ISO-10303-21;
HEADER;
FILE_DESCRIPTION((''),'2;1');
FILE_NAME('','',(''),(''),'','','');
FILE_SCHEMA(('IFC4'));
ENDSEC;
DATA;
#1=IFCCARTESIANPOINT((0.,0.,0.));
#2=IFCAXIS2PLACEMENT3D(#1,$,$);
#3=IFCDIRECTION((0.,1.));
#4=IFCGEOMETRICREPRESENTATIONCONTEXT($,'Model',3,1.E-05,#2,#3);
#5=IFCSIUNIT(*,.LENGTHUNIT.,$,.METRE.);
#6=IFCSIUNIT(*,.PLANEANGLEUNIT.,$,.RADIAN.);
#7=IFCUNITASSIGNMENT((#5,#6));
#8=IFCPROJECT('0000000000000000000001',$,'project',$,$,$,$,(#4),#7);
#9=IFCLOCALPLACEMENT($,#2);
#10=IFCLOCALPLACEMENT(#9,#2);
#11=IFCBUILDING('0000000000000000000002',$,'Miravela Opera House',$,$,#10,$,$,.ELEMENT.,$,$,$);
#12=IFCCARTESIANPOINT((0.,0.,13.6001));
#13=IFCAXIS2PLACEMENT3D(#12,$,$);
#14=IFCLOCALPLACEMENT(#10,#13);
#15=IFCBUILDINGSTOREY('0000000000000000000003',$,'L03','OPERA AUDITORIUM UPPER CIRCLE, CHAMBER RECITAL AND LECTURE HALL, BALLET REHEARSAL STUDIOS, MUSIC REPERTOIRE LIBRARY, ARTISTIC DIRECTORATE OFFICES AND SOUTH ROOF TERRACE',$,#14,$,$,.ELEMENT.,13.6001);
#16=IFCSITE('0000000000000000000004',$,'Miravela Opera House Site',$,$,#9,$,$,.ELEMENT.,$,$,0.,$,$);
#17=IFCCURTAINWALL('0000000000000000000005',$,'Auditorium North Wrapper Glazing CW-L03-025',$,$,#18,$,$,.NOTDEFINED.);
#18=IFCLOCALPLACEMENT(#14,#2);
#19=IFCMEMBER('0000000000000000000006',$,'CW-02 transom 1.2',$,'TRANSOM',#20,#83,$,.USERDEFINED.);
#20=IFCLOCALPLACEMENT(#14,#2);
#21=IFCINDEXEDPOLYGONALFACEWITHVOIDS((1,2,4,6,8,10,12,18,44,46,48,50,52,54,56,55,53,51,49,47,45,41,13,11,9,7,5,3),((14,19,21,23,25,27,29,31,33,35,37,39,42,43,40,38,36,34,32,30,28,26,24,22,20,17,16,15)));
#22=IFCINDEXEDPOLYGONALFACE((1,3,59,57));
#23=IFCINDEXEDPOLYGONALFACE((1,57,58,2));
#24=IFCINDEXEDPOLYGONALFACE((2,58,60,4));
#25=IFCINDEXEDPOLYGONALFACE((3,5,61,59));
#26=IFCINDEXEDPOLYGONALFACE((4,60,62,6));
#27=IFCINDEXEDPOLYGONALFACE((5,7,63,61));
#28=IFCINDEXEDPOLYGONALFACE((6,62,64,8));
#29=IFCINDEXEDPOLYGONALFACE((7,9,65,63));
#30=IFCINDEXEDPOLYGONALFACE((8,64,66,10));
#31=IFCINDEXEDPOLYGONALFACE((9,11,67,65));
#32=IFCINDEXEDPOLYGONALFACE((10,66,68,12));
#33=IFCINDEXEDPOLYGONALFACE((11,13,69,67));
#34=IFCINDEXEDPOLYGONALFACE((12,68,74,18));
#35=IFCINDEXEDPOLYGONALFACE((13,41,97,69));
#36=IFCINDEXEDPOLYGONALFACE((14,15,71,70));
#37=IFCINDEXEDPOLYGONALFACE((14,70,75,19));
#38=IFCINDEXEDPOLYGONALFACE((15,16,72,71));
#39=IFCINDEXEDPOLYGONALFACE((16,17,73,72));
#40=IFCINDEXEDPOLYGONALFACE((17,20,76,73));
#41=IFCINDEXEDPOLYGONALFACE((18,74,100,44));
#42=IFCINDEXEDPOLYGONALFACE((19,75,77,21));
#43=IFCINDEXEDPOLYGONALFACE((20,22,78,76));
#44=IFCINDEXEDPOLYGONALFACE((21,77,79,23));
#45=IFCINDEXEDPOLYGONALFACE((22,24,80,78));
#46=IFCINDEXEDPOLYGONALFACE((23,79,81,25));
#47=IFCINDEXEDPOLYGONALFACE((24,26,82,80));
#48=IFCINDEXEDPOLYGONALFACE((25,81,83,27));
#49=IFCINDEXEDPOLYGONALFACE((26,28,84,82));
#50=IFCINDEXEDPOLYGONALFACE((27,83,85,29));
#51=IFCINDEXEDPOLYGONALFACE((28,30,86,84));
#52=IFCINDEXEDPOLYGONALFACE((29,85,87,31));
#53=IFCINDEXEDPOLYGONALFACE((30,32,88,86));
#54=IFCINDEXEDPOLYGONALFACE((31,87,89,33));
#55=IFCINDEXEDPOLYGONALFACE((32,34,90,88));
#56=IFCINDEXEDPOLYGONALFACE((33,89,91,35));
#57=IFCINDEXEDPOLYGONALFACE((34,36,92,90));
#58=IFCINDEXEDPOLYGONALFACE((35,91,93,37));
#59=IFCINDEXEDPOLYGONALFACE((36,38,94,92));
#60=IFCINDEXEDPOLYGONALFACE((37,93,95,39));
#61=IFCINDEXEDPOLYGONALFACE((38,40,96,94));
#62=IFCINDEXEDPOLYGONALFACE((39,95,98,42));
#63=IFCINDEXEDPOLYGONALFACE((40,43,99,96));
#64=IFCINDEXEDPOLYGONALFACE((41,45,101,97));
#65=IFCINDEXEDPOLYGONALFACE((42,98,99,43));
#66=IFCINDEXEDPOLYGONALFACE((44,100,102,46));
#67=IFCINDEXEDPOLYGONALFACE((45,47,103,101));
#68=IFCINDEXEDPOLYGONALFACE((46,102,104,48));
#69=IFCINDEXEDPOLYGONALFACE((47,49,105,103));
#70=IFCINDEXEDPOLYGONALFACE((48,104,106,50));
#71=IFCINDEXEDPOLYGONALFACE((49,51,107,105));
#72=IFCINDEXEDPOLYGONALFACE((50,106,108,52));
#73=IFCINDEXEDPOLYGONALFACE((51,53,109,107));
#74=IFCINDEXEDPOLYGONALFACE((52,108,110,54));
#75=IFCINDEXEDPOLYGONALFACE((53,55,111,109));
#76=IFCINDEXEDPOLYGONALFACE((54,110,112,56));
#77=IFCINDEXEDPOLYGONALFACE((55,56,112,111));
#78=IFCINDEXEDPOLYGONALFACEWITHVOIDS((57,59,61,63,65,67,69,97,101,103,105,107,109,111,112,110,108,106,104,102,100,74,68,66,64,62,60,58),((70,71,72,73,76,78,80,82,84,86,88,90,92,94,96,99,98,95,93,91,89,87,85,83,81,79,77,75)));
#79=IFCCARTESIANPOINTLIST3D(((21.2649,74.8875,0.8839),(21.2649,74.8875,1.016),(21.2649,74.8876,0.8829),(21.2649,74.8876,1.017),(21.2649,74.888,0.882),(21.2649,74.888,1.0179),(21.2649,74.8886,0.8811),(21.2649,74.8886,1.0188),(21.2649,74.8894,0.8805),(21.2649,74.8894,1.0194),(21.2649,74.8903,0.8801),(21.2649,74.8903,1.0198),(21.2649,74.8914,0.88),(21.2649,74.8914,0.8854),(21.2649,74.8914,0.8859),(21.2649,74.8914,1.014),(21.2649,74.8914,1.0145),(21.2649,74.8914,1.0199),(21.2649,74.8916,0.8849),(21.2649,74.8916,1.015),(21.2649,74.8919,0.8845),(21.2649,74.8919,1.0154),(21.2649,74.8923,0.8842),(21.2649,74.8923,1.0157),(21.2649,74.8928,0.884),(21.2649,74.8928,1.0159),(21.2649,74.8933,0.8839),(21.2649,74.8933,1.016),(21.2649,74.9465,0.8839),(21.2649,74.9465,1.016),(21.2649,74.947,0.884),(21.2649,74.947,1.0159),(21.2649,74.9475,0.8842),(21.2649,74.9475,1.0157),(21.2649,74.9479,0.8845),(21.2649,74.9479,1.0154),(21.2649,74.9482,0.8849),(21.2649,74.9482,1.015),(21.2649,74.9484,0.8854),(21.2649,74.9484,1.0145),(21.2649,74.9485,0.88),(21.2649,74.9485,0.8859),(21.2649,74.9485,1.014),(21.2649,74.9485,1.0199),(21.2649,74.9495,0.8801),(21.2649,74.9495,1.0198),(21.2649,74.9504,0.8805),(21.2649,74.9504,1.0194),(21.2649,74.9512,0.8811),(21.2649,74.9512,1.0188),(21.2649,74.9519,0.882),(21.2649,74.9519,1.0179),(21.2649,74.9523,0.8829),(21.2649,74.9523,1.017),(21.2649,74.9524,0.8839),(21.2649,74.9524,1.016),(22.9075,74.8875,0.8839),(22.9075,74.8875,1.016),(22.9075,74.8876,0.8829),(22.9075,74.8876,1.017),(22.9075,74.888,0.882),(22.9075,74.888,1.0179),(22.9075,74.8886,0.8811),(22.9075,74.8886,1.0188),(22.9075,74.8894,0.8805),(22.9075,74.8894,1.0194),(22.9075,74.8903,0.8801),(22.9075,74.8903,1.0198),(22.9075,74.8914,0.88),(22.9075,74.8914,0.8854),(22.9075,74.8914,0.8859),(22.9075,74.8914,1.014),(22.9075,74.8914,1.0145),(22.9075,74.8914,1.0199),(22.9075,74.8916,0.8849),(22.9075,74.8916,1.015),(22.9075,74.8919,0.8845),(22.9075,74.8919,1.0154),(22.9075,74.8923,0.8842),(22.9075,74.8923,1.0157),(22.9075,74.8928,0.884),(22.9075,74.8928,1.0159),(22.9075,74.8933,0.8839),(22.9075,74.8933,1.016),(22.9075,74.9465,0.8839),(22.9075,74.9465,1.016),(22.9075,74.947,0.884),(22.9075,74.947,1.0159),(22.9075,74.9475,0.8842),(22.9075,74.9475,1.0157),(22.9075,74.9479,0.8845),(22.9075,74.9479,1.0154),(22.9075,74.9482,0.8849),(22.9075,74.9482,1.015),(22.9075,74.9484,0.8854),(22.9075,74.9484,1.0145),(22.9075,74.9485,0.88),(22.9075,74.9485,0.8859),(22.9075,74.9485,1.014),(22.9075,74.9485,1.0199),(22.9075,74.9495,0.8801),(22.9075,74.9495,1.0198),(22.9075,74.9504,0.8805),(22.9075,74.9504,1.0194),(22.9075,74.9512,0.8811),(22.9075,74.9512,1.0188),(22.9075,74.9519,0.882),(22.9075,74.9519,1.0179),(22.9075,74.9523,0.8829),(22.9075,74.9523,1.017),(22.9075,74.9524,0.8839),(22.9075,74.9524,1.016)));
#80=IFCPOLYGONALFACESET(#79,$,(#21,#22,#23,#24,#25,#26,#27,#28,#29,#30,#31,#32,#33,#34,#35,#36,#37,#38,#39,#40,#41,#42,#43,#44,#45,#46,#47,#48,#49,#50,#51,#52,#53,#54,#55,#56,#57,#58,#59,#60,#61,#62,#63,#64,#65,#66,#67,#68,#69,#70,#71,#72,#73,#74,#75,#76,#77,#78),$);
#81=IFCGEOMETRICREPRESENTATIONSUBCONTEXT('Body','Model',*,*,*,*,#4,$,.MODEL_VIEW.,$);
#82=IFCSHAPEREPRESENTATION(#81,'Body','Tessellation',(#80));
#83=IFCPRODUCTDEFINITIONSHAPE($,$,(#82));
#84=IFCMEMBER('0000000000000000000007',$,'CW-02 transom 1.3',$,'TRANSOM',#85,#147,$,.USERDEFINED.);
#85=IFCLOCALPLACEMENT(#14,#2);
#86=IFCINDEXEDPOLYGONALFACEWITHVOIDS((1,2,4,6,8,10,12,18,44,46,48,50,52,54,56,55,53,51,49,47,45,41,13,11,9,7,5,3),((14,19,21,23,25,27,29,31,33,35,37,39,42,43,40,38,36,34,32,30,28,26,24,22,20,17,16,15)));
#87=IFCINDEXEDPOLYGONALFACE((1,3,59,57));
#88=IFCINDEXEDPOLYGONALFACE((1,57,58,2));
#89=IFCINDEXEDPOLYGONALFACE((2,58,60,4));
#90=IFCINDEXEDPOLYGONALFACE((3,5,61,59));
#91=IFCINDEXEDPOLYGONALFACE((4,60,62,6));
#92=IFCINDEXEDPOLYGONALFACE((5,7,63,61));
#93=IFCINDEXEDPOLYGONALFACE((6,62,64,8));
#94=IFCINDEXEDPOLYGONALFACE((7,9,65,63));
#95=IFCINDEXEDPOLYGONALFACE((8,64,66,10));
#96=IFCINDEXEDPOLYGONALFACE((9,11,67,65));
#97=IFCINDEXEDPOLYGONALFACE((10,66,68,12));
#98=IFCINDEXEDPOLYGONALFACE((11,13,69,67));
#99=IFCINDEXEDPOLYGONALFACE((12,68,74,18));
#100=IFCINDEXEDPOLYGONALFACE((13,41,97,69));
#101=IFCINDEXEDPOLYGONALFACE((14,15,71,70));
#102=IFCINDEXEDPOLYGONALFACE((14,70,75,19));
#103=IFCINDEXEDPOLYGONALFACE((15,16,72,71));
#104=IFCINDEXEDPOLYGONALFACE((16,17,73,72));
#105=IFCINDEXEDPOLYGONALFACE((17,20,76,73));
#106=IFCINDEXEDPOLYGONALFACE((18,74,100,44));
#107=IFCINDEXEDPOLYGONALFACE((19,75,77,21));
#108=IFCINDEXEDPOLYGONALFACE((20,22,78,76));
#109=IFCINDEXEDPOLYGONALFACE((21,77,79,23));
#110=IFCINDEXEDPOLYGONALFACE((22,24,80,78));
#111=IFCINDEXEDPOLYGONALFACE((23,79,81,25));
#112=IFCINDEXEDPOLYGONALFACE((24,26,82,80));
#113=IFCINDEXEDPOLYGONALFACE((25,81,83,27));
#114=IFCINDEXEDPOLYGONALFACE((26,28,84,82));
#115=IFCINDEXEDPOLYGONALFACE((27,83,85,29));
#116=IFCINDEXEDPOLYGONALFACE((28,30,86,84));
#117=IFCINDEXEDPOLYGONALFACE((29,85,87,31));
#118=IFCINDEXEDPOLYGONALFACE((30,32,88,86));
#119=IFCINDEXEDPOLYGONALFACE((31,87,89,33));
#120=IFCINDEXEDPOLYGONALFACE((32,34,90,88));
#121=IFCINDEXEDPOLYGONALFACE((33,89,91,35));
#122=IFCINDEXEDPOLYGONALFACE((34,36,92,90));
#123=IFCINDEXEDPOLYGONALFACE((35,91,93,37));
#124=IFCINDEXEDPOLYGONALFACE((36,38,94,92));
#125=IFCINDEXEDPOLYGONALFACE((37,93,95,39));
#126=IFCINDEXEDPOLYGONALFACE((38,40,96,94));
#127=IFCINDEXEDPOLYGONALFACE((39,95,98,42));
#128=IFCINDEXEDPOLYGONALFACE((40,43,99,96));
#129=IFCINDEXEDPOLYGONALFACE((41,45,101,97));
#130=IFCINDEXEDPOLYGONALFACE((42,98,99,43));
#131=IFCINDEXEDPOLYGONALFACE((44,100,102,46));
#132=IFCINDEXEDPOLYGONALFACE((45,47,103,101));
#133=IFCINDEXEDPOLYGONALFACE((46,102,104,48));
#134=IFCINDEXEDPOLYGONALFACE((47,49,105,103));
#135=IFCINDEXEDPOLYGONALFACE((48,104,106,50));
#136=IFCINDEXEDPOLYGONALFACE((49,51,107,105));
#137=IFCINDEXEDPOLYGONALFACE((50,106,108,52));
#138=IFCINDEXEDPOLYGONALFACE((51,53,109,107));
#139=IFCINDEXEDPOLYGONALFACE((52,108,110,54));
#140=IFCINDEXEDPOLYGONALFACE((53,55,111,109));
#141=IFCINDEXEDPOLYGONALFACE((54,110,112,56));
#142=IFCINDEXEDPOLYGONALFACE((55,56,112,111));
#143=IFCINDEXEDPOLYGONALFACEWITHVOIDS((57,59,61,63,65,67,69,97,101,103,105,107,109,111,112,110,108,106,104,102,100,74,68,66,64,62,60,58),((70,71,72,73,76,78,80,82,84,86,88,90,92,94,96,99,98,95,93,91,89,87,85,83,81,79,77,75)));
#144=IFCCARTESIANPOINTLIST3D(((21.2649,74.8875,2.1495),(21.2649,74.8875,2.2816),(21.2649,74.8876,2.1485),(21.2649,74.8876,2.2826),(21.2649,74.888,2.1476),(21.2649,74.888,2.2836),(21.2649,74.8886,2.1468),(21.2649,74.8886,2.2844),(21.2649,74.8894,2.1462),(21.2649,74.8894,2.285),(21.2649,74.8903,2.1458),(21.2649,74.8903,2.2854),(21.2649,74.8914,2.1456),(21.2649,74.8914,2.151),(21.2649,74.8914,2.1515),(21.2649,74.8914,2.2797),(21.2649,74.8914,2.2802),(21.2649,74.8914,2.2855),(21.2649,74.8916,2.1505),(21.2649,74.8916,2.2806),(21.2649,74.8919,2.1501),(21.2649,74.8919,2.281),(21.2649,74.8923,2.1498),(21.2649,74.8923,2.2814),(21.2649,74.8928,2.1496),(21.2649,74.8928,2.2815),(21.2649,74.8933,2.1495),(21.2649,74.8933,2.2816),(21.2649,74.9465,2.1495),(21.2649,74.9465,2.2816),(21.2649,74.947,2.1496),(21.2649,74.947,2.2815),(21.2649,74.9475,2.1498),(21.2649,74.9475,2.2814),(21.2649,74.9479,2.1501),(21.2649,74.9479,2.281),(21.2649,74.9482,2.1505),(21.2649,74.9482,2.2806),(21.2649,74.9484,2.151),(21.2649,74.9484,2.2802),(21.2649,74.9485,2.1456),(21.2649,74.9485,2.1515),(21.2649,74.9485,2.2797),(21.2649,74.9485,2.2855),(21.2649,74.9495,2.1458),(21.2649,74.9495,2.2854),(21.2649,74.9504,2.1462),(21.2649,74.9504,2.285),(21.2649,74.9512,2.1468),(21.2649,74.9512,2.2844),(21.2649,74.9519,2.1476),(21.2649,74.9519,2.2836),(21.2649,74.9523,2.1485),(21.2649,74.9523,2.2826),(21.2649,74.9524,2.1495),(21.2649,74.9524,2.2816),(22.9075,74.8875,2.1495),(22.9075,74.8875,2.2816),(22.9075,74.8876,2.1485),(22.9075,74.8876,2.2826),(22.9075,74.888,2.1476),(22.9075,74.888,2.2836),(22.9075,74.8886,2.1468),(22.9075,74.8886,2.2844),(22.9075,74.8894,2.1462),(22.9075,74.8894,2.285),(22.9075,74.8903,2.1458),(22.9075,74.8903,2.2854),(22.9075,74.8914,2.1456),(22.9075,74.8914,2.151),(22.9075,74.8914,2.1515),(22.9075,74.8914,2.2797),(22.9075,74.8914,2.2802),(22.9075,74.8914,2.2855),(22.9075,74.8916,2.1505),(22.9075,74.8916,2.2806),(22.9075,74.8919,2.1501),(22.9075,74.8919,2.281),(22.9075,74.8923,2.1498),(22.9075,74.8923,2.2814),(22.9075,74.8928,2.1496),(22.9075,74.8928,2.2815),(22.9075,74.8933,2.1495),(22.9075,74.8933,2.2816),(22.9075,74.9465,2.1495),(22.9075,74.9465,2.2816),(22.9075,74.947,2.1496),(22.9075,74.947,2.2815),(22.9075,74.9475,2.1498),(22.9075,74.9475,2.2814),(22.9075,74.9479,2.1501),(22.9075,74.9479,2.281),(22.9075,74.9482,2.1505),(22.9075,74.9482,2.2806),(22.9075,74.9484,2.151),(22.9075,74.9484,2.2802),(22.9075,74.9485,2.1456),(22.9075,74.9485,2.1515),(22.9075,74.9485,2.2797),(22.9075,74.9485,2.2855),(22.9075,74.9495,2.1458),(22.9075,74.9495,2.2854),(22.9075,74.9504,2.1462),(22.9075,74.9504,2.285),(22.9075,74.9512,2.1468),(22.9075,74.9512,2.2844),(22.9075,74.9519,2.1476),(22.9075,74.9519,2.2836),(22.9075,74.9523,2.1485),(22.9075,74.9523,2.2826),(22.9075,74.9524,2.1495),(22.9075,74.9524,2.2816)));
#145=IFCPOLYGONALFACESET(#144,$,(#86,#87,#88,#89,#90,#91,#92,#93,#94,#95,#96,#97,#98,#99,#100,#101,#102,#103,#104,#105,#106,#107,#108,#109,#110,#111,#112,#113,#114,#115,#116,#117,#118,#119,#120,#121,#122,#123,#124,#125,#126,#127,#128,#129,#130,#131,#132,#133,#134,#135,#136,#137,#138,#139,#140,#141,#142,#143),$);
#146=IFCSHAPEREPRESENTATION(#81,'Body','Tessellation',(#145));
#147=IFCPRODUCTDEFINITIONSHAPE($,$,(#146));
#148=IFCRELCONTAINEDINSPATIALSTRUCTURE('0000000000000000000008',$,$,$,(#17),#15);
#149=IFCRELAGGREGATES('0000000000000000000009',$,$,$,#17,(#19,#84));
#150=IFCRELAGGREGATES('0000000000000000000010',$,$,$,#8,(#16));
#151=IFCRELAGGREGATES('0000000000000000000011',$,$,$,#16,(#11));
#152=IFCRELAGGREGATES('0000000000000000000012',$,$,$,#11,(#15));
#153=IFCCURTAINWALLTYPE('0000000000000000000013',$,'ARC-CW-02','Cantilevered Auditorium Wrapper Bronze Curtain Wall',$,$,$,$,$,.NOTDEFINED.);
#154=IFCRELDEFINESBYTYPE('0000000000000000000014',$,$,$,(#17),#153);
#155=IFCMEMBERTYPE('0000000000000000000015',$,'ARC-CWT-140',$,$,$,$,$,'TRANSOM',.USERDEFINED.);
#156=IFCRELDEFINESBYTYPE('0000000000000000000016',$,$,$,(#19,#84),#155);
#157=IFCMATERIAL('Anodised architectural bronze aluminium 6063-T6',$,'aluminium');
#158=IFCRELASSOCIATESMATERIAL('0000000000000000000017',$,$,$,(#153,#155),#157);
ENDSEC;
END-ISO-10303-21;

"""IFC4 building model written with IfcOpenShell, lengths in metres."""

from ifc_helpers import new_model, si_unit, direction, frame, origin, origin_2d, place, context, subcontext, project, spatial, hollow_rectangle, extrude, material, material_profile, profile_set, type_object, element, aggregate, save


model = new_model("IFC4")

# Units and contexts
model_context = context("Model", 3, precision=1e-05, world=origin(), true_north=direction((0.0, 1.0)))
body_context = subcontext(model_context, "Body", "Model", "MODEL_VIEW")
ifc_project = project(units=[si_unit("LENGTHUNIT", "METRE"), si_unit("PLANEANGLEUNIT", "RADIAN")], contexts=[model_context])

# Site, building, storey
site_placement = place(None, origin())
site = spatial("IfcSite", under=ifc_project, at=site_placement, Name="Miravela Opera House Site", CompositionType="ELEMENT", RefElevation=0.0)
building_placement = place(site_placement, origin())
building = spatial("IfcBuilding", under=site, at=building_placement, Name="Miravela Opera House", CompositionType="ELEMENT")
storey_placement = place(building_placement, frame((0.0, 0.0, 13.6001)))
storey = spatial("IfcBuildingStorey", under=building, at=storey_placement, Name="L03", Description="OPERA AUDITORIUM UPPER CIRCLE, CHAMBER RECITAL AND LECTURE HALL, BALLET REHEARSAL STUDIOS, MUSIC REPERTOIRE LIBRARY, ARTISTIC DIRECTORATE OFFICES AND SOUTH ROOF TERRACE", CompositionType="ELEMENT", Elevation=13.6001)

# Shared definitions
ifc_material_1 = material(Name="Anodised architectural bronze aluminium 6063-T6", Category="aluminium")
curtain_wall_type = type_object("IfcCurtainWallType", Name="ARC-CW-02", Description="Cantilevered Auditorium Wrapper Bronze Curtain Wall", PredefinedType="NOTDEFINED", material=ifc_material_1)

# Curtain wall, members
curtain_wall_1_placement = place(storey_placement, origin())
curtain_wall_1 = element("IfcCurtainWall", 1, at=curtain_wall_1_placement, inside=storey, type_object=curtain_wall_type, Name="Auditorium North Wrapper Glazing CW-L03-025", PredefinedType="NOTDEFINED")
ifc_material_profile_1 = material_profile(ifc_material_1, hollow_rectangle(XDim=0.0649, YDim=0.1399, WallThickness=0.0039, InnerFilletRadius=0.002, OuterFilletRadius=0.0039, at=origin_2d()), Name="CWT-65X140")
ifc_profile_set_1 = profile_set([ifc_material_profile_1])
member_type_1 = type_object("IfcMemberType", Name="ARC-CWT-140", ElementType="TRANSOM", PredefinedType="USERDEFINED", material=ifc_profile_set_1)
member_1_placement = place(storey_placement, frame((21.2649, 74.9199, 0.95), z_axis=(1.0, 0.0, 0.0), x_axis=(0.0, 1.0, 0.0)))
member_1 = element("IfcMember", 2, at=member_1_placement, type_object=member_type_1, Name="CW-02 transom 1.2", ObjectType="TRANSOM", PredefinedType="USERDEFINED", context=body_context, shape_type="SweptSolid", body=[
    extrude(hollow_rectangle(XDim=0.0649, YDim=0.1399, WallThickness=0.0039, InnerFilletRadius=0.002, OuterFilletRadius=0.0039, at=origin_2d()), origin(), (0.0, 0.0, 1.0), 1.6426),
])
member_2_placement = place(storey_placement, frame((21.2649, 74.9199, 2.2156), z_axis=(1.0, 0.0, 0.0), x_axis=(0.0, 1.0, 0.0)))
member_2 = element("IfcMember", 3, at=member_2_placement, type_object=member_type_1, Name="CW-02 transom 1.3", ObjectType="TRANSOM", PredefinedType="USERDEFINED", context=body_context, shape_type="SweptSolid", body=[
    extrude(hollow_rectangle(XDim=0.0649, YDim=0.1399, WallThickness=0.0039, InnerFilletRadius=0.002, OuterFilletRadius=0.0039, at=origin_2d()), origin(), (0.0, 0.0, 1.0), 1.6426),
])

aggregate(curtain_wall_1, [member_1, member_2])

save(model, "model.ifc")
